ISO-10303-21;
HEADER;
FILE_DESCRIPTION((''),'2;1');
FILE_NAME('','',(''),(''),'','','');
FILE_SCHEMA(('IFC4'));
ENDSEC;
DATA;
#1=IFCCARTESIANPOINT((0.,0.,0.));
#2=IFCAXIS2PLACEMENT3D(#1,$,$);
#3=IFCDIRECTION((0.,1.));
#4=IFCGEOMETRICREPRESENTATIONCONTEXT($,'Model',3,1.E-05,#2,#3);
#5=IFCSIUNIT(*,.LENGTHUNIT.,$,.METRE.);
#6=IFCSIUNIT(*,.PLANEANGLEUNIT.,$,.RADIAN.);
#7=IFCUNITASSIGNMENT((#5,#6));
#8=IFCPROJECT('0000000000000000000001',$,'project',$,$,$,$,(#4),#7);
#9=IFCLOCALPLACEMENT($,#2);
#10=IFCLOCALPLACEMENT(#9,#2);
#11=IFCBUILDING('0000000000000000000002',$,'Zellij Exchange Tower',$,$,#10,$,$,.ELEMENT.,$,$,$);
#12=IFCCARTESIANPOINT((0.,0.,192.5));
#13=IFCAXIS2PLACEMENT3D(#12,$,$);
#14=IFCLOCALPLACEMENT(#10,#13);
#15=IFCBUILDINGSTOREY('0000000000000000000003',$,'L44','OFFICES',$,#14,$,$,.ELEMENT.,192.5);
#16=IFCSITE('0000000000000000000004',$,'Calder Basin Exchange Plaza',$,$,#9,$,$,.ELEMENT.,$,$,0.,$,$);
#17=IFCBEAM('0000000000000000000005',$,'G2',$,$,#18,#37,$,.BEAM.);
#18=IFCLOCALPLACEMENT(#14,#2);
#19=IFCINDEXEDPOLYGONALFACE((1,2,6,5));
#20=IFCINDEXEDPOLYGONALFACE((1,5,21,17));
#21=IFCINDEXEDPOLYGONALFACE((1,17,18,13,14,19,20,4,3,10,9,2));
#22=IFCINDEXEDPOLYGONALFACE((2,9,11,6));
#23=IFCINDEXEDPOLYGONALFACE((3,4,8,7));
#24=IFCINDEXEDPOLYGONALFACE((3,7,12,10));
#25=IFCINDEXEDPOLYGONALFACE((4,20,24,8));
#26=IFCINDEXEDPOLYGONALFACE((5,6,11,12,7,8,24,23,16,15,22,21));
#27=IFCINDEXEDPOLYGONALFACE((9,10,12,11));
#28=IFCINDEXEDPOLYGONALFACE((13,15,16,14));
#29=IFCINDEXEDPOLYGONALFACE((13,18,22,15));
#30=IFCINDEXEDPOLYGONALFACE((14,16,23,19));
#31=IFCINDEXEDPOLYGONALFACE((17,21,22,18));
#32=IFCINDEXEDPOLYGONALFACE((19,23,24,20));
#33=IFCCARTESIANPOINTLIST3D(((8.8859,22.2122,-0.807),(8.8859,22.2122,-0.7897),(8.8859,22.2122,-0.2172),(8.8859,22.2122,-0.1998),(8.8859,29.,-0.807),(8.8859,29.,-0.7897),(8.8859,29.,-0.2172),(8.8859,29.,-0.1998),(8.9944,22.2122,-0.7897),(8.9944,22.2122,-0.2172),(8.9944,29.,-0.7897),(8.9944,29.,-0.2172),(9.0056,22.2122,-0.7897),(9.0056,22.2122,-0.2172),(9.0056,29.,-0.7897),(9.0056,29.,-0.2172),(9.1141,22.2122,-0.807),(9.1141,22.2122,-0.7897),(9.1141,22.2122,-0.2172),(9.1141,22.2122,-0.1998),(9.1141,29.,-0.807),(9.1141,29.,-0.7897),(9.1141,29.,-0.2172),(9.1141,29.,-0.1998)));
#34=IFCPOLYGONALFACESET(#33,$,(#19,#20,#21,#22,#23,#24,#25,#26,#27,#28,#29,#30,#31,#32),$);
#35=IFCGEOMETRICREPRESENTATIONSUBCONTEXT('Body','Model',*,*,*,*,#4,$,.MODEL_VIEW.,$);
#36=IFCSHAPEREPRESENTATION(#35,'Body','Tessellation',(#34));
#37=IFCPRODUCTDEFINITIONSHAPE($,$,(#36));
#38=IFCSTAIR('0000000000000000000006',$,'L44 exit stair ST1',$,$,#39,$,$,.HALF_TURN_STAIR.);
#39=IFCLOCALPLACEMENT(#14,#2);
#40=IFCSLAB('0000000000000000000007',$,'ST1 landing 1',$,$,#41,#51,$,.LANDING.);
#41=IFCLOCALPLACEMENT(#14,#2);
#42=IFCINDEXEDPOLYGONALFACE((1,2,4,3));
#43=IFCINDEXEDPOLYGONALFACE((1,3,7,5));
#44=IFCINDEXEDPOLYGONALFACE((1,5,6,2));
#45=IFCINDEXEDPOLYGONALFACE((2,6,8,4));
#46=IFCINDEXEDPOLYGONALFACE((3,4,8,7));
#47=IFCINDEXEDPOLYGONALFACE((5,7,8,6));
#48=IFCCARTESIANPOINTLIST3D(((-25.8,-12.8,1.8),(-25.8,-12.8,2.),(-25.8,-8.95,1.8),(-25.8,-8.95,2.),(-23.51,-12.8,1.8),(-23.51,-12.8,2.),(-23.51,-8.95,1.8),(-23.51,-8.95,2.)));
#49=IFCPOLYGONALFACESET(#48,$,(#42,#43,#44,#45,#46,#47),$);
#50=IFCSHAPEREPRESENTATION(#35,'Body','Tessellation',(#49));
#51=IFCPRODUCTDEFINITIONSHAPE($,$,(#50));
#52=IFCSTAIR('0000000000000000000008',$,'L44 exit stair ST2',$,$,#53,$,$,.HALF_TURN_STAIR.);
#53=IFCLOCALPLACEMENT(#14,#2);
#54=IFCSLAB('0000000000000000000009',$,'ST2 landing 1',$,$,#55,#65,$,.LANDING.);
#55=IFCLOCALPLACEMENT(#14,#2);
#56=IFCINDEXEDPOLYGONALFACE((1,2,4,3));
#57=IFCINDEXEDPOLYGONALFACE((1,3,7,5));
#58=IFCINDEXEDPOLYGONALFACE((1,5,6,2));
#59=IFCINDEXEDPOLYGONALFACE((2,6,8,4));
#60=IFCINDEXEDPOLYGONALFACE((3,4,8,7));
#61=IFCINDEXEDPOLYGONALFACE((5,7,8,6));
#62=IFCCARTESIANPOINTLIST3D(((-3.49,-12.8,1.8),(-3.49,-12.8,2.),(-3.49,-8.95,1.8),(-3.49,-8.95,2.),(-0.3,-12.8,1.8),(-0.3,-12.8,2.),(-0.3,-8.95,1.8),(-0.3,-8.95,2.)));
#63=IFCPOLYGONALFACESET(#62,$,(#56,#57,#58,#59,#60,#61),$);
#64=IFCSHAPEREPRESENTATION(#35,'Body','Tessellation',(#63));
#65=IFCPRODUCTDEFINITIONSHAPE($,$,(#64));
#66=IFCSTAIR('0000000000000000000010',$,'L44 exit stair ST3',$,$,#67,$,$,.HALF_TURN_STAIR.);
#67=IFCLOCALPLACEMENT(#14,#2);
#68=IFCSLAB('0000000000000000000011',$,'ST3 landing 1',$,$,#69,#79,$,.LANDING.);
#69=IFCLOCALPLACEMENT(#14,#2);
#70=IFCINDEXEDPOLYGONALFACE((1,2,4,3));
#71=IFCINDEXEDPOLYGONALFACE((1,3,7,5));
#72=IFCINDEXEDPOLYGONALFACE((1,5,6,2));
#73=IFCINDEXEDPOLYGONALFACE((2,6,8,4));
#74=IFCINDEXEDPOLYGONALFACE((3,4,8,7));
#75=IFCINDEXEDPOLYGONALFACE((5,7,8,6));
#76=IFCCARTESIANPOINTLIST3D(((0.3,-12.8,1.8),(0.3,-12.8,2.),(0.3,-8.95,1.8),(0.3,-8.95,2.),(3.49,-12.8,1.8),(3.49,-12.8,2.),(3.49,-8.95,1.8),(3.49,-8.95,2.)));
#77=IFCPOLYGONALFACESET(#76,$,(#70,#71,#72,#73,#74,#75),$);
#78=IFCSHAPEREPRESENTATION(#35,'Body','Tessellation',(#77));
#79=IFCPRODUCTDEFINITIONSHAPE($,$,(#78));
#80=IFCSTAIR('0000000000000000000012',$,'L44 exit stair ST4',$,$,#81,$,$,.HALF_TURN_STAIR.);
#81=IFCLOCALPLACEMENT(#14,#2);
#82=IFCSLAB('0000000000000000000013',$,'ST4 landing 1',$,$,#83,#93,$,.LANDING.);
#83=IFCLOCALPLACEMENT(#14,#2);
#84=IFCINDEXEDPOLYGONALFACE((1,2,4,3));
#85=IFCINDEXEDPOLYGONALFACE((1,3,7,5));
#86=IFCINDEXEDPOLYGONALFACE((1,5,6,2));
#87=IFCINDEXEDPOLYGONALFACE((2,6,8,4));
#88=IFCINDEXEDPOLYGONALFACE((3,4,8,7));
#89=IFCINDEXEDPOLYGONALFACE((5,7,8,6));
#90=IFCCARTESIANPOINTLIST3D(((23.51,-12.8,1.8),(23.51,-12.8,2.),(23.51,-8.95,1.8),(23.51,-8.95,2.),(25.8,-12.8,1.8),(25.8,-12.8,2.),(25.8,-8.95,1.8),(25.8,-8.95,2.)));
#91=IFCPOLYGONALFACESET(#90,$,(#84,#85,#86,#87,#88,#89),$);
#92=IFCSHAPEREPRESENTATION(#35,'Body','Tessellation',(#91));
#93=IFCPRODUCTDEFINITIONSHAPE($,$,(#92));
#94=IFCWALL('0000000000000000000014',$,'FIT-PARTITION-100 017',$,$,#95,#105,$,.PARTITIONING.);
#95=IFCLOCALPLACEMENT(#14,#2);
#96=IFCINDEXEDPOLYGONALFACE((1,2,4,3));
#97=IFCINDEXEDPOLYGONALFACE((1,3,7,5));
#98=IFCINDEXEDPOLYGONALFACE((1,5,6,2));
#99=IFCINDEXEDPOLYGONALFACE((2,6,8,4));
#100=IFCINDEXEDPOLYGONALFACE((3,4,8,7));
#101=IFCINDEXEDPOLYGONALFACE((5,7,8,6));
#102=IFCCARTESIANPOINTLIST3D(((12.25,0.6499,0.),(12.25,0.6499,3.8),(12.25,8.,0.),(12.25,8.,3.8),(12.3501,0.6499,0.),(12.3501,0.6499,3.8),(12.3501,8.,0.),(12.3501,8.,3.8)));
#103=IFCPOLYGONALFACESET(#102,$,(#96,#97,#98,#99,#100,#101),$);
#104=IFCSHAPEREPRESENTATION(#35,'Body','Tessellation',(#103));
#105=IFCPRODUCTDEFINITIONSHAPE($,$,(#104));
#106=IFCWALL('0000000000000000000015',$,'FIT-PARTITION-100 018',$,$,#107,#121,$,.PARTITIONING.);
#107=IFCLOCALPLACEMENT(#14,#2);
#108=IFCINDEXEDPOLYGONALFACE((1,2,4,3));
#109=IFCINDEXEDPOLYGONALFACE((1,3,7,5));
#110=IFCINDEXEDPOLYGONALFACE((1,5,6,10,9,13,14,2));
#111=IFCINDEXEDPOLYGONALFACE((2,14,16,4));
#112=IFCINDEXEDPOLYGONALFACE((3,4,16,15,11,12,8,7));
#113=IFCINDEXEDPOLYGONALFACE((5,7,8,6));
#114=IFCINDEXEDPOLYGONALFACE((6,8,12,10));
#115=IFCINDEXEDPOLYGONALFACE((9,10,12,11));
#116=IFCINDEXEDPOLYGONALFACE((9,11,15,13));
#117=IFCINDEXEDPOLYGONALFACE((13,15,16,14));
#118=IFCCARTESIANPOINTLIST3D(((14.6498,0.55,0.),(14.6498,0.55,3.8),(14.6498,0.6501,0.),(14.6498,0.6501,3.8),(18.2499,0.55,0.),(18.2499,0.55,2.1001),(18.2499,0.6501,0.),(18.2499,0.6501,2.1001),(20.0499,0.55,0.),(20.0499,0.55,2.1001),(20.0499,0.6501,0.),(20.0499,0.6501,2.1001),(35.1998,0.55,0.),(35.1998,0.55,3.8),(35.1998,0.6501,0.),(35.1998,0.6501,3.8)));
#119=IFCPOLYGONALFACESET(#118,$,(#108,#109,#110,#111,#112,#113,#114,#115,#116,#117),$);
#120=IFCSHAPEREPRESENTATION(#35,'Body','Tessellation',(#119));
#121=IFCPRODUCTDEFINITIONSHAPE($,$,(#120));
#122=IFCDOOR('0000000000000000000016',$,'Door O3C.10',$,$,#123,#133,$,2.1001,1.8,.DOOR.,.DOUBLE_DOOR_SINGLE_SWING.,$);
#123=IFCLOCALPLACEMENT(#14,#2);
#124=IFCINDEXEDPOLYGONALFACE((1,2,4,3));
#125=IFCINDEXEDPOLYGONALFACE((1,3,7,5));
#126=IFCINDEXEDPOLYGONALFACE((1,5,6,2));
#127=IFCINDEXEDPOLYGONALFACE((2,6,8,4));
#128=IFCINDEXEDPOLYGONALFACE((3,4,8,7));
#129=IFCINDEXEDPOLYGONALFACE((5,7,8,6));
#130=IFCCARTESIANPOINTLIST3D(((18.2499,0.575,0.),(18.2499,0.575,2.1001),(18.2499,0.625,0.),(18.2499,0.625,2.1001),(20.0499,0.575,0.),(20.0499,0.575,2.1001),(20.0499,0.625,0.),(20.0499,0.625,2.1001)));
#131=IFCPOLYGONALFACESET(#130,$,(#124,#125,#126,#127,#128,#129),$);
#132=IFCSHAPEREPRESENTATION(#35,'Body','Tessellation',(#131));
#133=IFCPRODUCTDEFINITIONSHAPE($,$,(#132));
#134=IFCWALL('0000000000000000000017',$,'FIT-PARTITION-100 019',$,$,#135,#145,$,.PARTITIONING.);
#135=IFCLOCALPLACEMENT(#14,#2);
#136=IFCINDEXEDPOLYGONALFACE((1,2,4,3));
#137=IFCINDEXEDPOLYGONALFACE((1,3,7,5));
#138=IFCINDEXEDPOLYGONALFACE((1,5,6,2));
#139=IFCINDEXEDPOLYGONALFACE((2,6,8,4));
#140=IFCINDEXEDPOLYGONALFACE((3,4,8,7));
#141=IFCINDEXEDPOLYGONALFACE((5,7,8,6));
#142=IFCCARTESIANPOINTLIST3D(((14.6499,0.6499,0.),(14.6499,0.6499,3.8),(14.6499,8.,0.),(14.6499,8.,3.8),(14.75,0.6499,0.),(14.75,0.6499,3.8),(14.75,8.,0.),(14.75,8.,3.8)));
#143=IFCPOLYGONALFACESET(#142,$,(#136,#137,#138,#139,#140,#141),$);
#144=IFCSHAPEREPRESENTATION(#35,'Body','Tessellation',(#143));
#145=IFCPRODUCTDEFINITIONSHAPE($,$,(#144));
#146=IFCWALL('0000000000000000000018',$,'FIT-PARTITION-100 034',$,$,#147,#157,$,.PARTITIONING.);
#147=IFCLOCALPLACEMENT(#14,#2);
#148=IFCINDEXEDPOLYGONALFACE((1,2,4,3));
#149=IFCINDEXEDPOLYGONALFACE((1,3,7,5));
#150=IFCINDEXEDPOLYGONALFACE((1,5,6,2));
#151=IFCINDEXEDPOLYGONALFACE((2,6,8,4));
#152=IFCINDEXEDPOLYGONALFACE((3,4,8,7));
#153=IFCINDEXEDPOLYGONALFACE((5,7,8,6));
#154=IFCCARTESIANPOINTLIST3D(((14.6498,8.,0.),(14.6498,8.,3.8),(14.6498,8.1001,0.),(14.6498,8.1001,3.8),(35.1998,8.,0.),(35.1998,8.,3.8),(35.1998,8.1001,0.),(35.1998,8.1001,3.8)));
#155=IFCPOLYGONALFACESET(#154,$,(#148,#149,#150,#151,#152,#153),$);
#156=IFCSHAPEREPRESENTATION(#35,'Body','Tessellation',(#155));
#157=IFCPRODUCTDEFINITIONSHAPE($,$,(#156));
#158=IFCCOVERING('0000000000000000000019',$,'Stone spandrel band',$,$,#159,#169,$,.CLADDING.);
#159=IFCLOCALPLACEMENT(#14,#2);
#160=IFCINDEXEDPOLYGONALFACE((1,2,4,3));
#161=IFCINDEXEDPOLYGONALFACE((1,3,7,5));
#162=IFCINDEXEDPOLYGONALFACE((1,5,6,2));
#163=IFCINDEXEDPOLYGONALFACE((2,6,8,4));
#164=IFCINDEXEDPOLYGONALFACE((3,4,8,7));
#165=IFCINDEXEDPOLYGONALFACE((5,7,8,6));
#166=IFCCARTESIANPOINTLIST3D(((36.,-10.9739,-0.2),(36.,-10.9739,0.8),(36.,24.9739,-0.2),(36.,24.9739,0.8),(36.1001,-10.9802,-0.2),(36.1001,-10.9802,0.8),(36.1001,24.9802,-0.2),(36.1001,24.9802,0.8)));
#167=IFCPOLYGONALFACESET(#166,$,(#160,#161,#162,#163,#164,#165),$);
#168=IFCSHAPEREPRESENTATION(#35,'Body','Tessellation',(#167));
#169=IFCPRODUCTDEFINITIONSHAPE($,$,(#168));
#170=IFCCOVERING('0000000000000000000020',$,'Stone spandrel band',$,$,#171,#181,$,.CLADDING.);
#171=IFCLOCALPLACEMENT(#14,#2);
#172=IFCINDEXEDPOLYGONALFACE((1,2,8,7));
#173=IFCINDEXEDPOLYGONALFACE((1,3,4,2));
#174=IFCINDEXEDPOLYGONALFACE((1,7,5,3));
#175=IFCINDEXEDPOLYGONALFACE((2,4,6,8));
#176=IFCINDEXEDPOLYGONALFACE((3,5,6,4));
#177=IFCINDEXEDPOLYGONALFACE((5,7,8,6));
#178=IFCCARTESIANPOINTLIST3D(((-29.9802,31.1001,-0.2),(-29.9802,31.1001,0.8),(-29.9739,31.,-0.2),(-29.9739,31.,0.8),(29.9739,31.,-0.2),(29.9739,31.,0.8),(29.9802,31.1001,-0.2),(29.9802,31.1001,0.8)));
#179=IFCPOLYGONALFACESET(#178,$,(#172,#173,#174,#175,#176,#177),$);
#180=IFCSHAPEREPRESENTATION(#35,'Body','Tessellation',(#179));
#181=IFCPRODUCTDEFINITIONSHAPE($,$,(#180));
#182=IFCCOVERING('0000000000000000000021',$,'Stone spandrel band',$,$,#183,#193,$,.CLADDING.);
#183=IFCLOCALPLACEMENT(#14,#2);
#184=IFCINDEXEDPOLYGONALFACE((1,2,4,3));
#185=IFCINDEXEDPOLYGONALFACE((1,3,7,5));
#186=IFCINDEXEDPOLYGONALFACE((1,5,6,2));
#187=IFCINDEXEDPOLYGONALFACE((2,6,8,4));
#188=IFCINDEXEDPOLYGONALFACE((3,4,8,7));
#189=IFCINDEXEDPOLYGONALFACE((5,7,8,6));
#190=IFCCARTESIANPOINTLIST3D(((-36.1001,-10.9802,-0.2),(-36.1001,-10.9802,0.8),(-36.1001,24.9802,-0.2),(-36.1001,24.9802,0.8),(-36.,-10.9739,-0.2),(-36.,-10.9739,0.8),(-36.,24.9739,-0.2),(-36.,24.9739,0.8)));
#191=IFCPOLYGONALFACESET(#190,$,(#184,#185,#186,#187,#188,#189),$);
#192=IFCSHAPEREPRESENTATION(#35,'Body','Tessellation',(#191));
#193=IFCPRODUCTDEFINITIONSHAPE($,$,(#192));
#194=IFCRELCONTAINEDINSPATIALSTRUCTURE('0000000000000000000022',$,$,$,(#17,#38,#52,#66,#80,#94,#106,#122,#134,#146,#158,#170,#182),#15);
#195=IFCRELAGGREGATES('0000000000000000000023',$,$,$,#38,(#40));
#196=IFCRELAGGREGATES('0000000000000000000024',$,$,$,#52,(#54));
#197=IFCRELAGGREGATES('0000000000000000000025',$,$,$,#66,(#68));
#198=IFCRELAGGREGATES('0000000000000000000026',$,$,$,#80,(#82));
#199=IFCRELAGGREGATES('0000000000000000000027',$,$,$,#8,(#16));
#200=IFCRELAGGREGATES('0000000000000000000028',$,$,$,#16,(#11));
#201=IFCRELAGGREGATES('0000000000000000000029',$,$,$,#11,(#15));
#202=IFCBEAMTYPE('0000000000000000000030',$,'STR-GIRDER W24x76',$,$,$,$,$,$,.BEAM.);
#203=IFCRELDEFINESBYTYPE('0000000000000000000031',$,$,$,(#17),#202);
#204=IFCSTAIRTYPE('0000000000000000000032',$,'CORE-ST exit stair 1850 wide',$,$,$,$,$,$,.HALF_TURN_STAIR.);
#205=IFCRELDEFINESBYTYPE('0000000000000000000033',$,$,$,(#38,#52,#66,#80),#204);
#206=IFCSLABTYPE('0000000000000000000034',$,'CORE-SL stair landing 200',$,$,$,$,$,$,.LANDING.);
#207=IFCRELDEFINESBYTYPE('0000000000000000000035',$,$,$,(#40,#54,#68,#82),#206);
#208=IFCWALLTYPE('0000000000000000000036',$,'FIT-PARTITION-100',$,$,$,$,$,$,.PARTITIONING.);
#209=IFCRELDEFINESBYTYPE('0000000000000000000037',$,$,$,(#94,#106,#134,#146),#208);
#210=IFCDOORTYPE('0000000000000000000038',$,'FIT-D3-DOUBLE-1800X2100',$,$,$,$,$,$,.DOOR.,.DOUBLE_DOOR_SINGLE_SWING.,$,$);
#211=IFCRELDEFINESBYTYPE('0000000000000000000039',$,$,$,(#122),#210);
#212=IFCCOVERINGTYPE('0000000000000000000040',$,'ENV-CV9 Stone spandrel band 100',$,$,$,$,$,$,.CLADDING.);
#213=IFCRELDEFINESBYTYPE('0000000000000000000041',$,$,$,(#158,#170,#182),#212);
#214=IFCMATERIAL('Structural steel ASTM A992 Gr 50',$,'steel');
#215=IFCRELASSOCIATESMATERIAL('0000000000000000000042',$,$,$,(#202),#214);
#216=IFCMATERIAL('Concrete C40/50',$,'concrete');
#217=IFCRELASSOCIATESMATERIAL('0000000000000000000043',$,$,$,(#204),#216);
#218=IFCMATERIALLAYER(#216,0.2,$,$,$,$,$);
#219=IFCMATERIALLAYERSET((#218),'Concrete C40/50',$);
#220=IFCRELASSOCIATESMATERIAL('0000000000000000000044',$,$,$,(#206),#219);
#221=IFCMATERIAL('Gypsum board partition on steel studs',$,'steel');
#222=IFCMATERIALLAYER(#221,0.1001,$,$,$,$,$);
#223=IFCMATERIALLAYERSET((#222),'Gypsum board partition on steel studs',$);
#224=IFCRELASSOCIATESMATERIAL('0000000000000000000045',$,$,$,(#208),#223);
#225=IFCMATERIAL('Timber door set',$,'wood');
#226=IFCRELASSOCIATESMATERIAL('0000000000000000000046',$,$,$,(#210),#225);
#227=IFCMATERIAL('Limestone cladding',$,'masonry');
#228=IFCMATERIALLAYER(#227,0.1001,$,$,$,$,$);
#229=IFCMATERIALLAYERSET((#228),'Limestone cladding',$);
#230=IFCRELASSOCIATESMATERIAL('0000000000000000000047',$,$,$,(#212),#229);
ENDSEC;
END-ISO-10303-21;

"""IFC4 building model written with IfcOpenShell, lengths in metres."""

from ifc_helpers import new_model, si_unit, direction, frame, frame_2d, origin, origin_2d, place, context, subcontext, project, spatial, polyline, rectangle, i_section, outline, extrude, material, layer, layer_set, material_profile, profile_set, type_object, element, fill, aggregate, save


model = new_model("IFC4")

# Units and contexts
model_context = context("Model", 3, precision=1e-05, world=origin(), true_north=direction((0.0, 1.0)))
body_context = subcontext(model_context, "Body", "Model", "MODEL_VIEW")
ifc_project = project(units=[si_unit("LENGTHUNIT", "METRE"), si_unit("PLANEANGLEUNIT", "RADIAN")], contexts=[model_context])

# Site, building, storey
site_placement = place(None, origin())
site = spatial("IfcSite", under=ifc_project, at=site_placement, Name="Calder Basin Exchange Plaza", CompositionType="ELEMENT", RefElevation=0.0)
building_placement = place(site_placement, origin())
building = spatial("IfcBuilding", under=site, at=building_placement, Name="Zellij Exchange Tower", CompositionType="ELEMENT")
storey_placement = place(building_placement, frame((0.0, 0.0, 192.5)))
storey = spatial("IfcBuildingStorey", under=building, at=storey_placement, Name="L44", Description="OFFICES", CompositionType="ELEMENT", Elevation=192.5)

# Beam
ifc_material_1 = material(Name="Structural steel ASTM A992 Gr 50", Category="steel")
ifc_material_profile_1 = material_profile(ifc_material_1, i_section(OverallWidth=0.2283, OverallDepth=0.6072, WebThickness=0.0112, FlangeThickness=0.0173, at=origin_2d()), Name="W24x76")
ifc_profile_set_1 = profile_set([ifc_material_profile_1], Name="Structural steel ASTM A992 Gr 50")
beam_type = type_object("IfcBeamType", Name="STR-GIRDER W24x76", PredefinedType="BEAM", material=ifc_profile_set_1)
beam_1_placement = place(storey_placement, frame((9.0, 22.2122, -0.5034), z_axis=(0.0, 1.0, 0.0), x_axis=(-1.0, 0.0, 0.0)))
element("IfcBeam", 1, at=beam_1_placement, inside=storey, type_object=beam_type, Name="G2", PredefinedType="BEAM", context=body_context, shape_type="SweptSolid", body=[
    extrude(i_section(OverallWidth=0.2283, OverallDepth=0.6072, WebThickness=0.0112, FlangeThickness=0.0173, at=origin_2d()), origin(), (0.0, 0.0, 1.0), 6.7878),
])

# Stairs, slabs
ifc_material_2 = material(Name="Concrete C40/50", Category="concrete")
stair_type = type_object("IfcStairType", Name="CORE-ST exit stair 1850 wide", PredefinedType="HALF_TURN_STAIR", material=ifc_material_2)
stair_1_placement = place(storey_placement, origin())
stair_1 = element("IfcStair", 2, at=stair_1_placement, inside=storey, type_object=stair_type, Name="L44 exit stair ST1", PredefinedType="HALF_TURN_STAIR")
ifc_layer_1 = layer(ifc_material_2, 0.2)
ifc_layer_set_1 = layer_set([ifc_layer_1], Name="Concrete C40/50")
slab_type = type_object("IfcSlabType", Name="CORE-SL stair landing 200", PredefinedType="LANDING", material=ifc_layer_set_1)
slab_1_placement = place(storey_placement, frame((0.0, 0.0, 1.8)))
slab_1 = element("IfcSlab", 3, at=slab_1_placement, type_object=slab_type, Name="ST1 landing 1", PredefinedType="LANDING", context=body_context, shape_type="SweptSolid", body=[
    extrude(outline(polyline([(-23.51, -8.95), (-25.8, -8.95), (-25.8, -12.8), (-23.51, -12.8), (-23.51, -8.95)])), origin(), (0.0, 0.0, 1.0), 0.2),
])
aggregate(stair_1, [slab_1])
stair_2_placement = place(storey_placement, origin())
stair_2 = element("IfcStair", 4, at=stair_2_placement, inside=storey, type_object=stair_type, Name="L44 exit stair ST2", PredefinedType="HALF_TURN_STAIR")
slab_2_placement = place(storey_placement, frame((0.0, 0.0, 1.8)))
slab_2 = element("IfcSlab", 5, at=slab_2_placement, type_object=slab_type, Name="ST2 landing 1", PredefinedType="LANDING", context=body_context, shape_type="SweptSolid", body=[
    extrude(outline(polyline([(-3.49, -12.8), (-0.3, -12.8), (-0.3, -8.95), (-3.49, -8.95), (-3.49, -12.8)])), origin(), (0.0, 0.0, 1.0), 0.2),
])
aggregate(stair_2, [slab_2])
stair_3_placement = place(storey_placement, origin())
stair_3 = element("IfcStair", 6, at=stair_3_placement, inside=storey, type_object=stair_type, Name="L44 exit stair ST3", PredefinedType="HALF_TURN_STAIR")
slab_3_placement = place(storey_placement, frame((0.0, 0.0, 1.8)))
slab_3 = element("IfcSlab", 7, at=slab_3_placement, type_object=slab_type, Name="ST3 landing 1", PredefinedType="LANDING", context=body_context, shape_type="SweptSolid", body=[
    extrude(outline(polyline([(3.49, -8.95), (0.3, -8.95), (0.3, -12.8), (3.49, -12.8), (3.49, -8.95)])), origin(), (0.0, 0.0, 1.0), 0.2),
])
aggregate(stair_3, [slab_3])
stair_4_placement = place(storey_placement, origin())
stair_4 = element("IfcStair", 8, at=stair_4_placement, inside=storey, type_object=stair_type, Name="L44 exit stair ST4", PredefinedType="HALF_TURN_STAIR")
slab_4_placement = place(storey_placement, frame((0.0, 0.0, 1.8)))
slab_4 = element("IfcSlab", 9, at=slab_4_placement, type_object=slab_type, Name="ST4 landing 1", PredefinedType="LANDING", context=body_context, shape_type="SweptSolid", body=[
    extrude(outline(polyline([(23.51, -12.8), (25.8, -12.8), (25.8, -8.95), (23.51, -8.95), (23.51, -12.8)])), origin(), (0.0, 0.0, 1.0), 0.2),
])
aggregate(stair_4, [slab_4])

# Wall
ifc_material_3 = material(Name="Gypsum board partition on steel studs", Category="steel")
ifc_layer_2 = layer(ifc_material_3, 0.1001)
ifc_layer_set_2 = layer_set([ifc_layer_2], Name="Gypsum board partition on steel studs")
wall_type = type_object("IfcWallType", Name="FIT-PARTITION-100", PredefinedType="PARTITIONING", material=ifc_layer_set_2)
wall_1_placement = place(storey_placement, frame((12.3, 0.6499, 0.0), z_axis=(0.0, 0.0, 1.0), x_axis=(0.0, 1.0, 0.0)))
element("IfcWall", 10, at=wall_1_placement, inside=storey, type_object=wall_type, Name="FIT-PARTITION-100 017", PredefinedType="PARTITIONING", context=body_context, shape_type="SweptSolid", body=[
    extrude(rectangle(XDim=7.3501, YDim=0.1001, at=frame_2d((3.675, 0.0))), origin(), (0.0, 0.0, 1.0), 3.8),
])

# Wall, opening, door
wall_2_placement = place(storey_placement, frame((14.6499, 0.6001, 0.0), z_axis=(0.0, 0.0, 1.0), x_axis=(1.0, 0.0, 0.0)))
wall_2 = element("IfcWall", 11, at=wall_2_placement, inside=storey, type_object=wall_type, Name="FIT-PARTITION-100 018", PredefinedType="PARTITIONING", context=body_context, shape_type="SweptSolid", body=[
    extrude(rectangle(XDim=20.55, YDim=0.1001, at=frame_2d((10.2749, 0.0))), origin(), (0.0, 0.0, 1.0), 3.8),
])
opening_placement = place(wall_2_placement, frame((3.6001, 0.0, 0.0)))
opening = element("IfcOpeningElement", 12, at=opening_placement, cuts=wall_2, PredefinedType="OPENING", context=body_context, shape_type="SweptSolid", body=[
    extrude(rectangle(XDim=1.8, YDim=2.1001, at=frame_2d((0.8999, 1.05))), frame((0.0, 0.062, 0.0), z_axis=(0.0, -1.0, 0.0), x_axis=(1.0, 0.0, 0.0)), (0.0, 0.0, 1.0), 0.124),
])
ifc_material_4 = material(Name="Timber door set", Category="wood")
door_type = type_object("IfcDoorType", Name="FIT-D3-DOUBLE-1800X2100", OperationType="DOUBLE_DOOR_SINGLE_SWING", PredefinedType="DOOR", material=ifc_material_4)
door_placement = place(opening_placement, origin())
door = element("IfcDoor", 13, at=door_placement, inside=storey, type_object=door_type, Name="Door O3C.10", OperationType="DOUBLE_DOOR_SINGLE_SWING", OverallHeight=2.1001, OverallWidth=1.8, PredefinedType="DOOR", context=body_context, shape_type="SweptSolid", body=[
    extrude(rectangle(XDim=1.8, YDim=2.1001, at=frame_2d((0.8999, 1.05))), frame((0.0, 0.0249, 0.0), z_axis=(0.0, -1.0, 0.0), x_axis=(1.0, 0.0, 0.0)), (0.0, 0.0, 1.0), 0.05),
])
fill(opening, door)

# Walls
wall_3_placement = place(storey_placement, frame((14.7, 0.6499, 0.0), z_axis=(0.0, 0.0, 1.0), x_axis=(0.0, 1.0, 0.0)))
element("IfcWall", 14, at=wall_3_placement, inside=storey, type_object=wall_type, Name="FIT-PARTITION-100 019", PredefinedType="PARTITIONING", context=body_context, shape_type="SweptSolid", body=[
    extrude(rectangle(XDim=7.3501, YDim=0.1001, at=frame_2d((3.675, 0.0))), origin(), (0.0, 0.0, 1.0), 3.8),
])
wall_4_placement = place(storey_placement, frame((14.6499, 8.05, 0.0), z_axis=(0.0, 0.0, 1.0), x_axis=(1.0, 0.0, 0.0)))
element("IfcWall", 15, at=wall_4_placement, inside=storey, type_object=wall_type, Name="FIT-PARTITION-100 034", PredefinedType="PARTITIONING", context=body_context, shape_type="SweptSolid", body=[
    extrude(rectangle(XDim=20.55, YDim=0.1001, at=frame_2d((10.2749, 0.0))), origin(), (0.0, 0.0, 1.0), 3.8),
])

# Coverings
ifc_material_5 = material(Name="Limestone cladding", Category="masonry")
ifc_layer_3 = layer(ifc_material_5, 0.1001)
ifc_layer_set_3 = layer_set([ifc_layer_3], Name="Limestone cladding")
covering_type = type_object("IfcCoveringType", Name="ENV-CV9 Stone spandrel band 100", PredefinedType="CLADDING", material=ifc_layer_set_3)
covering_1_placement = place(storey_placement, frame((0.0, 0.0, -0.2)))
element("IfcCovering", 16, at=covering_1_placement, inside=storey, type_object=covering_type, Name="Stone spandrel band", PredefinedType="CLADDING", context=body_context, shape_type="SweptSolid", body=[
    extrude(outline(polyline([(36.0, -10.9739), (36.0, 24.9739), (36.1001, 24.9802), (36.1001, -10.9802), (36.0, -10.9739)])), origin(), (0.0, 0.0, 1.0), 1.0),
])
covering_2_placement = place(storey_placement, frame((0.0, 0.0, -0.2)))
element("IfcCovering", 17, at=covering_2_placement, inside=storey, type_object=covering_type, Name="Stone spandrel band", PredefinedType="CLADDING", context=body_context, shape_type="SweptSolid", body=[
    extrude(outline(polyline([(29.9739, 31.0), (-29.9739, 31.0), (-29.9802, 31.1001), (29.9802, 31.1001), (29.9739, 31.0)])), origin(), (0.0, 0.0, 1.0), 1.0),
])
covering_3_placement = place(storey_placement, frame((0.0, 0.0, -0.2)))
element("IfcCovering", 18, at=covering_3_placement, inside=storey, type_object=covering_type, Name="Stone spandrel band", PredefinedType="CLADDING", context=body_context, shape_type="SweptSolid", body=[
    extrude(outline(polyline([(-36.0, 24.9739), (-36.0, -10.9739), (-36.1001, -10.9802), (-36.1001, 24.9802), (-36.0, 24.9739)])), origin(), (0.0, 0.0, 1.0), 1.0),
])

save(model, "model.ifc")
